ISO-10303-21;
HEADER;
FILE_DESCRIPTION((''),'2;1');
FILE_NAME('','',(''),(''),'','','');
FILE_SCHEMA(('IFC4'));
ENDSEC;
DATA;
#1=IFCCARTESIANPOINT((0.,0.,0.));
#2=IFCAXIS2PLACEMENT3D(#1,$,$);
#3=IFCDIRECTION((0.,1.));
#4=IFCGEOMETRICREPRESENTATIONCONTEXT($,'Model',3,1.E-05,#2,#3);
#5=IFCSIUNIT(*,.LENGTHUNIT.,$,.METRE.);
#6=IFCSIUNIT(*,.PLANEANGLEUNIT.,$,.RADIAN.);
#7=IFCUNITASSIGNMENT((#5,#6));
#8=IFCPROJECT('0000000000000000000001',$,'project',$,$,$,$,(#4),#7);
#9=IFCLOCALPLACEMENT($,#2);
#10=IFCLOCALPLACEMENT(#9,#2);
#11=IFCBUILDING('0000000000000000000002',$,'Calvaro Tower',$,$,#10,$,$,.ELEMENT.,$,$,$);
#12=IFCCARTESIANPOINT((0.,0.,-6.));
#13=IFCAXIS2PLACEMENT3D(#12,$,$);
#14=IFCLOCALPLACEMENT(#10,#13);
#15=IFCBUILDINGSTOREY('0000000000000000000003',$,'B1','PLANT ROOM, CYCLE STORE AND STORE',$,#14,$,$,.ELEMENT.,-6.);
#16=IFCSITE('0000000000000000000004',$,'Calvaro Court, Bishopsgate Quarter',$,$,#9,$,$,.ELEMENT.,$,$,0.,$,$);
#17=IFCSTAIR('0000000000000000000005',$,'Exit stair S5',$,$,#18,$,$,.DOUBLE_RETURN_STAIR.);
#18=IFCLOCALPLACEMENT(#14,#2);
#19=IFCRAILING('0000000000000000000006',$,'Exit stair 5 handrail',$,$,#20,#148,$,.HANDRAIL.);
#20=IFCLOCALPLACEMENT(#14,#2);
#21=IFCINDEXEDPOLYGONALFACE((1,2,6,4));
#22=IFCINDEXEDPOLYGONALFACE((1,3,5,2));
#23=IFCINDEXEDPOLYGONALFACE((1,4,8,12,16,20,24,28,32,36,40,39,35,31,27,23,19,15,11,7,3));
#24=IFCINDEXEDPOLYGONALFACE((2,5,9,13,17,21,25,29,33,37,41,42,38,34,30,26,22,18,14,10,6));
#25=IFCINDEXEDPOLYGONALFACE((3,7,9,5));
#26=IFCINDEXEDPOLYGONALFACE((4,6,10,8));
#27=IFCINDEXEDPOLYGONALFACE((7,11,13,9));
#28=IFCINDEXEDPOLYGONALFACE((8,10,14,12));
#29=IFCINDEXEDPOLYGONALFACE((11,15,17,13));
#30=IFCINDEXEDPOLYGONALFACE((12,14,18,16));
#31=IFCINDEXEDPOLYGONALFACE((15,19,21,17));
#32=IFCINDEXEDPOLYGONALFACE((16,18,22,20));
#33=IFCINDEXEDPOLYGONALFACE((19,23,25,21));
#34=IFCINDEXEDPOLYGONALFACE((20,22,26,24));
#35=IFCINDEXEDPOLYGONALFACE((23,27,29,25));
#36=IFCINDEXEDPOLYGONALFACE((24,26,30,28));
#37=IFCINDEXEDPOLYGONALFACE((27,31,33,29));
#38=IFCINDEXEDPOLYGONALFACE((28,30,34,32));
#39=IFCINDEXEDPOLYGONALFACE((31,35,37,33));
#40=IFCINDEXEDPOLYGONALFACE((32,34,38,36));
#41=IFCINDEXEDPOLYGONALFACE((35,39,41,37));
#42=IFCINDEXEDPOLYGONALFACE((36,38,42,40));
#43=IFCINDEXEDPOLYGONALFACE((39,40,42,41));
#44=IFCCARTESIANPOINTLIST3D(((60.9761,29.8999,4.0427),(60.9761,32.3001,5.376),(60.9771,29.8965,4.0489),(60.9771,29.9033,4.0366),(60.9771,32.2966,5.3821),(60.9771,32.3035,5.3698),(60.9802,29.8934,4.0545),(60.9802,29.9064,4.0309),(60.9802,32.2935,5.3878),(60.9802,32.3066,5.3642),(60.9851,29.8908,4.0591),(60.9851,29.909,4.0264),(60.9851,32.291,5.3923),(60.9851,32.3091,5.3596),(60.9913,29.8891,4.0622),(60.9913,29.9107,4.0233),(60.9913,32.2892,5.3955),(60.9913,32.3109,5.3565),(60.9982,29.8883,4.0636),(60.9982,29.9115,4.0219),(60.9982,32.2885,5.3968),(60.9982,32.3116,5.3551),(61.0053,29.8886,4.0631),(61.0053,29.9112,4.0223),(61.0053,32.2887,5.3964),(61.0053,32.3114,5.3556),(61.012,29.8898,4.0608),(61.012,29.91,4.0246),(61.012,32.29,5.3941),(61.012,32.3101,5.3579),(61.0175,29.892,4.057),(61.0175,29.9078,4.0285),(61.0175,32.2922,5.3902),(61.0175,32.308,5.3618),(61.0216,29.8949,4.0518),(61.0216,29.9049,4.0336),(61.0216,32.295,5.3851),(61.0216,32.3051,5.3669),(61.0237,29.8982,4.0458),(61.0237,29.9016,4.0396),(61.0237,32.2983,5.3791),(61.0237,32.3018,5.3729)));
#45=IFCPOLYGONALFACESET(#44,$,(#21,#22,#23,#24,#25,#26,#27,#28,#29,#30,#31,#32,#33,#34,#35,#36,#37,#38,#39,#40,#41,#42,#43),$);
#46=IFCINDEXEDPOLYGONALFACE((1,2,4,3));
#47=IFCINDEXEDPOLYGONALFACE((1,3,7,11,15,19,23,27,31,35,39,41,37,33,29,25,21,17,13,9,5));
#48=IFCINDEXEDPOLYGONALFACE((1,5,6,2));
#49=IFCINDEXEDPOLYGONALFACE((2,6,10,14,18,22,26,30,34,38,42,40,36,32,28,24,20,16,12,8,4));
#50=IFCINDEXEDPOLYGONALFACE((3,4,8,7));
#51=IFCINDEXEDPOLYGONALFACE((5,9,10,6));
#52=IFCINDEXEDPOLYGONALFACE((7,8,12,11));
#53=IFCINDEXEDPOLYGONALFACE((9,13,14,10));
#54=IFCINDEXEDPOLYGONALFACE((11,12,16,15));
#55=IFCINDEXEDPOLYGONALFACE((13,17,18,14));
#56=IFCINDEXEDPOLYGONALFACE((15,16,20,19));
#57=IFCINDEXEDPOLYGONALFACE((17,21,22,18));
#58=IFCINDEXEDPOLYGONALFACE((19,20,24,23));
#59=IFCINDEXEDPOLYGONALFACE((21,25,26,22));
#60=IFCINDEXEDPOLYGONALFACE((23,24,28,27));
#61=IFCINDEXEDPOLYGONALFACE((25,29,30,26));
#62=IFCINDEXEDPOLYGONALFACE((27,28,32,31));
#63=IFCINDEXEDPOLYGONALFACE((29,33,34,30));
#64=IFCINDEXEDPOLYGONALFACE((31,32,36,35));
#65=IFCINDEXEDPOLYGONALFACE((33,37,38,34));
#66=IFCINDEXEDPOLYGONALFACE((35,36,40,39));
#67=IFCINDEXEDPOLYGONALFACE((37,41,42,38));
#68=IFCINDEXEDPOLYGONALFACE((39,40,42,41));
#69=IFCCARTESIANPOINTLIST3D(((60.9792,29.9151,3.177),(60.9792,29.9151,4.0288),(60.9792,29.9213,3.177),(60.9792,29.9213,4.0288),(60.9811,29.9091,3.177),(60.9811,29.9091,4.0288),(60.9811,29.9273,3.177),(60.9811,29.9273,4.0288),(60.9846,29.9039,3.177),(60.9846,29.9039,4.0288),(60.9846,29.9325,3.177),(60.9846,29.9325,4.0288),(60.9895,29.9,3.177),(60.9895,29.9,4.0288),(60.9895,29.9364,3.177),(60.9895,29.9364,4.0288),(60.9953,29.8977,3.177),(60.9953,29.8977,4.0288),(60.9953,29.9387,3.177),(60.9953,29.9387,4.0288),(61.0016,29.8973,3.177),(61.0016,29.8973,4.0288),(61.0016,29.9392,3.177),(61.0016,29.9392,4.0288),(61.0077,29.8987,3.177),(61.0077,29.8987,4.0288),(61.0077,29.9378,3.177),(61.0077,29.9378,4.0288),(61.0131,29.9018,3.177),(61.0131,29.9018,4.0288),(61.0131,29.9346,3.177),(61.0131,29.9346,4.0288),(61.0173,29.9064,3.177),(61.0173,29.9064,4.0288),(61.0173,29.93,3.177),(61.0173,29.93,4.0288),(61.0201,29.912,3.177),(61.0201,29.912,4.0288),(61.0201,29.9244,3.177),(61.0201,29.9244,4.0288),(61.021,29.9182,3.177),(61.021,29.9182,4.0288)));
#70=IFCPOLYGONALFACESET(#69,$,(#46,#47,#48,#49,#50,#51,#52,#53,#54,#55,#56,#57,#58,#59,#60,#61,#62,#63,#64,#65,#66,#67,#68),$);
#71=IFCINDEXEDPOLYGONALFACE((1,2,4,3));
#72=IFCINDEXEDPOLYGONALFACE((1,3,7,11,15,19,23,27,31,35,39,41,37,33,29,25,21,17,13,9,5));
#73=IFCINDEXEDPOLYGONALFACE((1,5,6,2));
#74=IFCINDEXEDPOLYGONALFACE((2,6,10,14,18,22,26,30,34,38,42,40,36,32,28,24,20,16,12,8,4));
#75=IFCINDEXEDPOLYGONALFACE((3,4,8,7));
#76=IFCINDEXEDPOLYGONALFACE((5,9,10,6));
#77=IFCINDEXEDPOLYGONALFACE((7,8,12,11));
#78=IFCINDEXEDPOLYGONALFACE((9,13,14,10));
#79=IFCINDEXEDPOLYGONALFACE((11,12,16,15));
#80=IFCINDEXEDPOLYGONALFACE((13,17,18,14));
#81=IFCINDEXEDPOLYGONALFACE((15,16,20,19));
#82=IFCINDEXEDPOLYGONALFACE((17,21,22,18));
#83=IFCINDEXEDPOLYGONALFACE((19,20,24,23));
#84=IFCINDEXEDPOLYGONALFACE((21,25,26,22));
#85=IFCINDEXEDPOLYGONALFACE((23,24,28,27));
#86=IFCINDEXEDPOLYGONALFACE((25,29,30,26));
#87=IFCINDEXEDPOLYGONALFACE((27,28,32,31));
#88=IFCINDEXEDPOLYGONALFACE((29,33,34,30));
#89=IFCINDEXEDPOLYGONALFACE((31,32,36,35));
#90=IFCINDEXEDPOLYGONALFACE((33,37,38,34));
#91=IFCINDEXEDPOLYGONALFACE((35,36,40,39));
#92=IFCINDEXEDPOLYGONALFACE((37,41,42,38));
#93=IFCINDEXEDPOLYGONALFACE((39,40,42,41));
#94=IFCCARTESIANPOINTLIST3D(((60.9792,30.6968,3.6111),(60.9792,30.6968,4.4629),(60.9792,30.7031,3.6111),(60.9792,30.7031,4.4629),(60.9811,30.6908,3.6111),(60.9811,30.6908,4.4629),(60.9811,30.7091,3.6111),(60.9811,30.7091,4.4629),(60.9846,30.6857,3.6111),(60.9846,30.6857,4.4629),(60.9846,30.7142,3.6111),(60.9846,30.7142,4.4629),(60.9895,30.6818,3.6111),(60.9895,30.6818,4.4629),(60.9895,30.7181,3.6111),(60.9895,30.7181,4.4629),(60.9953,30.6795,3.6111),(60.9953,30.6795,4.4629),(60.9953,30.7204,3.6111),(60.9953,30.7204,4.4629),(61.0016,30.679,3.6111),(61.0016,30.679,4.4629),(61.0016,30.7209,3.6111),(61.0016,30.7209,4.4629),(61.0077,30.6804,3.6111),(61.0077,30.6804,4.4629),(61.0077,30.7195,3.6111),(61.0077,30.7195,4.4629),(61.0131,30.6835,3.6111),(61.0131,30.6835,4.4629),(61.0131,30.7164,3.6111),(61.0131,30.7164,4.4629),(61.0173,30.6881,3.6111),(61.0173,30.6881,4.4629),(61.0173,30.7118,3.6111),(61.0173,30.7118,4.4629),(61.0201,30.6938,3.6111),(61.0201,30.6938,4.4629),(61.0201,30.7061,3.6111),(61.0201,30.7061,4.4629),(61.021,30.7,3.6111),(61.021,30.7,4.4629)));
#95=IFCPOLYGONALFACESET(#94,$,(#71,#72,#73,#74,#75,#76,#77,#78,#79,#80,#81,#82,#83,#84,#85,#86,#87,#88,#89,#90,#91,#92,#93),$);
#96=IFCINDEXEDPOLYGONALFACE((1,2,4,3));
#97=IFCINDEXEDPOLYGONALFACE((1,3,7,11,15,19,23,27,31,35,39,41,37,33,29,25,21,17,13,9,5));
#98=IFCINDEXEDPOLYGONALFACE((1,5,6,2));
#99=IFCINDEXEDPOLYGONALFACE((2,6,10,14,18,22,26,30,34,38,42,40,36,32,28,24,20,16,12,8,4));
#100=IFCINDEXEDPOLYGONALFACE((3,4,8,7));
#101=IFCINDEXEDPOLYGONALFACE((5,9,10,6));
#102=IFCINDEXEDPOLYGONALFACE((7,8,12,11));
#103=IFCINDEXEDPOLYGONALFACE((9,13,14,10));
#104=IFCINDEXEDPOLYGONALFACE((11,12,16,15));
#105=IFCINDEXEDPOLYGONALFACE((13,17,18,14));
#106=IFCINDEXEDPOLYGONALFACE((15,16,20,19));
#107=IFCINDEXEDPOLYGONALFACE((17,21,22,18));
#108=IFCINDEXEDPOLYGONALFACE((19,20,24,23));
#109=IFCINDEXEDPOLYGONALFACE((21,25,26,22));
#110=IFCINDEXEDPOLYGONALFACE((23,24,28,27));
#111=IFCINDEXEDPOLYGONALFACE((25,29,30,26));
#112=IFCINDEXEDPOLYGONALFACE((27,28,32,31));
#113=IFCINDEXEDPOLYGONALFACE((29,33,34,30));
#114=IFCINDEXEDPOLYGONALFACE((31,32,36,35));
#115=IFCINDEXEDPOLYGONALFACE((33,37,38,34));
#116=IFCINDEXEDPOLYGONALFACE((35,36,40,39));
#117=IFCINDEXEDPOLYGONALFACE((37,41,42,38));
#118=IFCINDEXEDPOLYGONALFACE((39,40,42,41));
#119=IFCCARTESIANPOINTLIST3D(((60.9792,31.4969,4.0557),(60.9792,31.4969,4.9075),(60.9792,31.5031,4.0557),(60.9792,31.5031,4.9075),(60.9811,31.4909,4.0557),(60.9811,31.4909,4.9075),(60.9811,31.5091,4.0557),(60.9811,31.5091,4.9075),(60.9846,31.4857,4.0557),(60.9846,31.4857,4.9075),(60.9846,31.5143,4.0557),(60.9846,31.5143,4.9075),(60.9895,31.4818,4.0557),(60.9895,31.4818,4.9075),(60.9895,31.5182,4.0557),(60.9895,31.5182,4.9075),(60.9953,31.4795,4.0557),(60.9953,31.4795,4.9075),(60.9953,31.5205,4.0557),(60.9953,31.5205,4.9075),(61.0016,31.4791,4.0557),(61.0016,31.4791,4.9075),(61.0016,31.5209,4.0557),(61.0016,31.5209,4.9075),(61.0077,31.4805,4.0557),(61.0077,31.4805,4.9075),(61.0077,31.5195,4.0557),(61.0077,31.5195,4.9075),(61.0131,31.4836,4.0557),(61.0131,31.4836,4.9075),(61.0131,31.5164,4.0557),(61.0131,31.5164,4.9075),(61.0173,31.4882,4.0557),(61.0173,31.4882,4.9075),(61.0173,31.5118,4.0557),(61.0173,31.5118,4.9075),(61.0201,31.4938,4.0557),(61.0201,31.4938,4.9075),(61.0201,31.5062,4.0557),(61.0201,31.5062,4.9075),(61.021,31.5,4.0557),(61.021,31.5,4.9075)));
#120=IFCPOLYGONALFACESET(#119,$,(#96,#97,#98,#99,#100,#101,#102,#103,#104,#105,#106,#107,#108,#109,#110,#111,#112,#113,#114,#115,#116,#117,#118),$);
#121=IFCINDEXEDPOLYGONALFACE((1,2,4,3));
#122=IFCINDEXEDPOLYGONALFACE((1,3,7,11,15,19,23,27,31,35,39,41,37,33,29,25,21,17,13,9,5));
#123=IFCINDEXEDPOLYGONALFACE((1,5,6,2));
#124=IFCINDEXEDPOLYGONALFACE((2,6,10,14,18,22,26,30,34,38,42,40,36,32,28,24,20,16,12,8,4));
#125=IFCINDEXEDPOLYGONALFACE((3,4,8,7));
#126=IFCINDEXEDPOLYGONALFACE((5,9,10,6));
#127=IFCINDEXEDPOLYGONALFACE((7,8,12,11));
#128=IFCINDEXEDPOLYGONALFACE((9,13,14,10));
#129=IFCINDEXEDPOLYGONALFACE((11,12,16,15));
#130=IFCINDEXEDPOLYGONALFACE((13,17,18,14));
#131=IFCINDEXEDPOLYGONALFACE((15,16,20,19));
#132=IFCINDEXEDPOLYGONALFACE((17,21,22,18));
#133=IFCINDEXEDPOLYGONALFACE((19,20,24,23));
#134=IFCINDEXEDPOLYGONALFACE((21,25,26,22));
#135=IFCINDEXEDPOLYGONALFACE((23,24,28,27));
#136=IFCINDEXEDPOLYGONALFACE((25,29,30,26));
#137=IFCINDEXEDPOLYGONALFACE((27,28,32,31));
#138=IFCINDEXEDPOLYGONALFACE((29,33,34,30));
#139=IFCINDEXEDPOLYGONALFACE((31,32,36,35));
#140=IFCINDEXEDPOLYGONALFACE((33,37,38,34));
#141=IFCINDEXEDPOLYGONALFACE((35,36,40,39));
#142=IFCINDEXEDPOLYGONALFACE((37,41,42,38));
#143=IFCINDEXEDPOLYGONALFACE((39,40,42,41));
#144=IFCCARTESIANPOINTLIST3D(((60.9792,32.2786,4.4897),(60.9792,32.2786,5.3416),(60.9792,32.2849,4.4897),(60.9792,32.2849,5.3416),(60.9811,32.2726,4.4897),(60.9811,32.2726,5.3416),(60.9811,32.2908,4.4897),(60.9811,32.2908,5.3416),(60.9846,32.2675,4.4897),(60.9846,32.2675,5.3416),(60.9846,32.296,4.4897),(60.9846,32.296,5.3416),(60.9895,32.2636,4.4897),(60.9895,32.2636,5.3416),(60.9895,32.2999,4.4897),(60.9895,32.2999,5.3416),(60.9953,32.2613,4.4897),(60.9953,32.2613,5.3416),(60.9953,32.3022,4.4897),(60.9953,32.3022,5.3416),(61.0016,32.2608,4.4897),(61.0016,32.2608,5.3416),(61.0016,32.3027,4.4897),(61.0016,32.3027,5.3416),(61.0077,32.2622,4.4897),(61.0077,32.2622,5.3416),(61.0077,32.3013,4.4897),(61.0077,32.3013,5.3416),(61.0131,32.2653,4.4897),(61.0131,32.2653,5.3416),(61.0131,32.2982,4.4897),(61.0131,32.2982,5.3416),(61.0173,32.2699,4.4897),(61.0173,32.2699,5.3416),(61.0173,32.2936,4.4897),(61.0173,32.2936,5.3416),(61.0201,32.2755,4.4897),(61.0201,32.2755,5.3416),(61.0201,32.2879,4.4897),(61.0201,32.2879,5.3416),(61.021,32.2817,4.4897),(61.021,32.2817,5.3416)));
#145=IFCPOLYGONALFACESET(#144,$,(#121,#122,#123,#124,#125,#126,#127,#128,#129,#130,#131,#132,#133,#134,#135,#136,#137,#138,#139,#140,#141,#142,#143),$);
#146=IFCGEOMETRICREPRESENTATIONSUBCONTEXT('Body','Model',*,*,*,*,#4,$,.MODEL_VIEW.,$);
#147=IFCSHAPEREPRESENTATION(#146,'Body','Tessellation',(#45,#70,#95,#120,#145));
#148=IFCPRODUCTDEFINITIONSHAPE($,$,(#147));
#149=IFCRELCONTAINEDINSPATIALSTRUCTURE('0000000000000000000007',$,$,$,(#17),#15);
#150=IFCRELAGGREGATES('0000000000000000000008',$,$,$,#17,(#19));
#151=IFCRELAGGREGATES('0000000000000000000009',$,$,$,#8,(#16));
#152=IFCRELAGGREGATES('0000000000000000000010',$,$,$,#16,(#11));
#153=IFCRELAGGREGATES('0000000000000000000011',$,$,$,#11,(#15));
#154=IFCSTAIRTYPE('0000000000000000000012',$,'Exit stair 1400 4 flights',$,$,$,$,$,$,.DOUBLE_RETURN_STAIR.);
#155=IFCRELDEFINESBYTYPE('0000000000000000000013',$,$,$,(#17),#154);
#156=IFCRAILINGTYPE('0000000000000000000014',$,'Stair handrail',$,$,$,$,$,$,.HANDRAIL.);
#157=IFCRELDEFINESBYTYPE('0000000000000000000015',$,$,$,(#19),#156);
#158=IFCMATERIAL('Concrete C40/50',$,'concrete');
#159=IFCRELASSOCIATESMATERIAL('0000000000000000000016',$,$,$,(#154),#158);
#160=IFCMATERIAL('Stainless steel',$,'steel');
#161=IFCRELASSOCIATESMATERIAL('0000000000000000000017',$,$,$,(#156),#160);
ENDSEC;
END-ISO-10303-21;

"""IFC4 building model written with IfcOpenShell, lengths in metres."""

from ifc_helpers import new_model, si_unit, direction, frame, origin, origin_2d, place, context, subcontext, project, spatial, circle, extrude, material, type_object, element, aggregate, save


model = new_model("IFC4")

# Units and contexts
model_context = context("Model", 3, precision=1e-05, world=origin(), true_north=direction((0.0, 1.0)))
body_context = subcontext(model_context, "Body", "Model", "MODEL_VIEW")
ifc_project = project(units=[si_unit("LENGTHUNIT", "METRE"), si_unit("PLANEANGLEUNIT", "RADIAN")], contexts=[model_context])

# Site, building, storey
site_placement = place(None, origin())
site = spatial("IfcSite", under=ifc_project, at=site_placement, Name="Calvaro Court, Bishopsgate Quarter", CompositionType="ELEMENT", RefElevation=0.0)
building_placement = place(site_placement, origin())
building = spatial("IfcBuilding", under=site, at=building_placement, Name="Calvaro Tower", CompositionType="ELEMENT")
storey_placement = place(building_placement, frame((0.0, 0.0, -6.0)))
storey = spatial("IfcBuildingStorey", under=building, at=storey_placement, Name="B1", Description="PLANT ROOM, CYCLE STORE AND STORE", CompositionType="ELEMENT", Elevation=-6.0)

# Stair, railing
ifc_material_1 = material(Name="Concrete C40/50", Category="concrete")
stair_type = type_object("IfcStairType", Name="Exit stair 1400 4 flights", PredefinedType="DOUBLE_RETURN_STAIR", material=ifc_material_1)
stair_placement = place(storey_placement, origin())
stair = element("IfcStair", 1, at=stair_placement, inside=storey, type_object=stair_type, Name="Exit stair S5", PredefinedType="DOUBLE_RETURN_STAIR")
ifc_material_2 = material(Name="Stainless steel", Category="steel")
railing_type = type_object("IfcRailingType", Name="Stair handrail", PredefinedType="HANDRAIL", material=ifc_material_2)
railing_1_placement = place(storey_placement, frame((61.0, 29.8999, 3.1667)))
railing_1 = element("IfcRailing", 2, at=railing_1_placement, type_object=railing_type, Name="Exit stair 5 handrail", PredefinedType="HANDRAIL", context=body_context, shape_type="SweptSolid", body=[
    extrude(circle(Radius=0.0239, at=origin_2d()), frame((0.0, 0.0, 0.876), z_axis=(0.0, 0.874182, 0.485598), x_axis=(-1.0, 0.0, 0.0)), (0.0, 0.0, 1.0), 2.7456),
    extrude(circle(Radius=0.021, at=origin_2d()), frame((0.0, 0.0183, 0.0103)), (0.0, 0.0, 1.0), 0.8518),
    extrude(circle(Radius=0.021, at=origin_2d()), frame((0.0, 0.8, 0.4443)), (0.0, 0.0, 1.0), 0.8518),
    extrude(circle(Radius=0.021, at=origin_2d()), frame((0.0, 1.6001, 0.8889)), (0.0, 0.0, 1.0), 0.8518),
    extrude(circle(Radius=0.021, at=origin_2d()), frame((0.0, 2.3818, 1.323)), (0.0, 0.0, 1.0), 0.8518),
])
aggregate(stair, [railing_1])

save(model, "model.ifc")
